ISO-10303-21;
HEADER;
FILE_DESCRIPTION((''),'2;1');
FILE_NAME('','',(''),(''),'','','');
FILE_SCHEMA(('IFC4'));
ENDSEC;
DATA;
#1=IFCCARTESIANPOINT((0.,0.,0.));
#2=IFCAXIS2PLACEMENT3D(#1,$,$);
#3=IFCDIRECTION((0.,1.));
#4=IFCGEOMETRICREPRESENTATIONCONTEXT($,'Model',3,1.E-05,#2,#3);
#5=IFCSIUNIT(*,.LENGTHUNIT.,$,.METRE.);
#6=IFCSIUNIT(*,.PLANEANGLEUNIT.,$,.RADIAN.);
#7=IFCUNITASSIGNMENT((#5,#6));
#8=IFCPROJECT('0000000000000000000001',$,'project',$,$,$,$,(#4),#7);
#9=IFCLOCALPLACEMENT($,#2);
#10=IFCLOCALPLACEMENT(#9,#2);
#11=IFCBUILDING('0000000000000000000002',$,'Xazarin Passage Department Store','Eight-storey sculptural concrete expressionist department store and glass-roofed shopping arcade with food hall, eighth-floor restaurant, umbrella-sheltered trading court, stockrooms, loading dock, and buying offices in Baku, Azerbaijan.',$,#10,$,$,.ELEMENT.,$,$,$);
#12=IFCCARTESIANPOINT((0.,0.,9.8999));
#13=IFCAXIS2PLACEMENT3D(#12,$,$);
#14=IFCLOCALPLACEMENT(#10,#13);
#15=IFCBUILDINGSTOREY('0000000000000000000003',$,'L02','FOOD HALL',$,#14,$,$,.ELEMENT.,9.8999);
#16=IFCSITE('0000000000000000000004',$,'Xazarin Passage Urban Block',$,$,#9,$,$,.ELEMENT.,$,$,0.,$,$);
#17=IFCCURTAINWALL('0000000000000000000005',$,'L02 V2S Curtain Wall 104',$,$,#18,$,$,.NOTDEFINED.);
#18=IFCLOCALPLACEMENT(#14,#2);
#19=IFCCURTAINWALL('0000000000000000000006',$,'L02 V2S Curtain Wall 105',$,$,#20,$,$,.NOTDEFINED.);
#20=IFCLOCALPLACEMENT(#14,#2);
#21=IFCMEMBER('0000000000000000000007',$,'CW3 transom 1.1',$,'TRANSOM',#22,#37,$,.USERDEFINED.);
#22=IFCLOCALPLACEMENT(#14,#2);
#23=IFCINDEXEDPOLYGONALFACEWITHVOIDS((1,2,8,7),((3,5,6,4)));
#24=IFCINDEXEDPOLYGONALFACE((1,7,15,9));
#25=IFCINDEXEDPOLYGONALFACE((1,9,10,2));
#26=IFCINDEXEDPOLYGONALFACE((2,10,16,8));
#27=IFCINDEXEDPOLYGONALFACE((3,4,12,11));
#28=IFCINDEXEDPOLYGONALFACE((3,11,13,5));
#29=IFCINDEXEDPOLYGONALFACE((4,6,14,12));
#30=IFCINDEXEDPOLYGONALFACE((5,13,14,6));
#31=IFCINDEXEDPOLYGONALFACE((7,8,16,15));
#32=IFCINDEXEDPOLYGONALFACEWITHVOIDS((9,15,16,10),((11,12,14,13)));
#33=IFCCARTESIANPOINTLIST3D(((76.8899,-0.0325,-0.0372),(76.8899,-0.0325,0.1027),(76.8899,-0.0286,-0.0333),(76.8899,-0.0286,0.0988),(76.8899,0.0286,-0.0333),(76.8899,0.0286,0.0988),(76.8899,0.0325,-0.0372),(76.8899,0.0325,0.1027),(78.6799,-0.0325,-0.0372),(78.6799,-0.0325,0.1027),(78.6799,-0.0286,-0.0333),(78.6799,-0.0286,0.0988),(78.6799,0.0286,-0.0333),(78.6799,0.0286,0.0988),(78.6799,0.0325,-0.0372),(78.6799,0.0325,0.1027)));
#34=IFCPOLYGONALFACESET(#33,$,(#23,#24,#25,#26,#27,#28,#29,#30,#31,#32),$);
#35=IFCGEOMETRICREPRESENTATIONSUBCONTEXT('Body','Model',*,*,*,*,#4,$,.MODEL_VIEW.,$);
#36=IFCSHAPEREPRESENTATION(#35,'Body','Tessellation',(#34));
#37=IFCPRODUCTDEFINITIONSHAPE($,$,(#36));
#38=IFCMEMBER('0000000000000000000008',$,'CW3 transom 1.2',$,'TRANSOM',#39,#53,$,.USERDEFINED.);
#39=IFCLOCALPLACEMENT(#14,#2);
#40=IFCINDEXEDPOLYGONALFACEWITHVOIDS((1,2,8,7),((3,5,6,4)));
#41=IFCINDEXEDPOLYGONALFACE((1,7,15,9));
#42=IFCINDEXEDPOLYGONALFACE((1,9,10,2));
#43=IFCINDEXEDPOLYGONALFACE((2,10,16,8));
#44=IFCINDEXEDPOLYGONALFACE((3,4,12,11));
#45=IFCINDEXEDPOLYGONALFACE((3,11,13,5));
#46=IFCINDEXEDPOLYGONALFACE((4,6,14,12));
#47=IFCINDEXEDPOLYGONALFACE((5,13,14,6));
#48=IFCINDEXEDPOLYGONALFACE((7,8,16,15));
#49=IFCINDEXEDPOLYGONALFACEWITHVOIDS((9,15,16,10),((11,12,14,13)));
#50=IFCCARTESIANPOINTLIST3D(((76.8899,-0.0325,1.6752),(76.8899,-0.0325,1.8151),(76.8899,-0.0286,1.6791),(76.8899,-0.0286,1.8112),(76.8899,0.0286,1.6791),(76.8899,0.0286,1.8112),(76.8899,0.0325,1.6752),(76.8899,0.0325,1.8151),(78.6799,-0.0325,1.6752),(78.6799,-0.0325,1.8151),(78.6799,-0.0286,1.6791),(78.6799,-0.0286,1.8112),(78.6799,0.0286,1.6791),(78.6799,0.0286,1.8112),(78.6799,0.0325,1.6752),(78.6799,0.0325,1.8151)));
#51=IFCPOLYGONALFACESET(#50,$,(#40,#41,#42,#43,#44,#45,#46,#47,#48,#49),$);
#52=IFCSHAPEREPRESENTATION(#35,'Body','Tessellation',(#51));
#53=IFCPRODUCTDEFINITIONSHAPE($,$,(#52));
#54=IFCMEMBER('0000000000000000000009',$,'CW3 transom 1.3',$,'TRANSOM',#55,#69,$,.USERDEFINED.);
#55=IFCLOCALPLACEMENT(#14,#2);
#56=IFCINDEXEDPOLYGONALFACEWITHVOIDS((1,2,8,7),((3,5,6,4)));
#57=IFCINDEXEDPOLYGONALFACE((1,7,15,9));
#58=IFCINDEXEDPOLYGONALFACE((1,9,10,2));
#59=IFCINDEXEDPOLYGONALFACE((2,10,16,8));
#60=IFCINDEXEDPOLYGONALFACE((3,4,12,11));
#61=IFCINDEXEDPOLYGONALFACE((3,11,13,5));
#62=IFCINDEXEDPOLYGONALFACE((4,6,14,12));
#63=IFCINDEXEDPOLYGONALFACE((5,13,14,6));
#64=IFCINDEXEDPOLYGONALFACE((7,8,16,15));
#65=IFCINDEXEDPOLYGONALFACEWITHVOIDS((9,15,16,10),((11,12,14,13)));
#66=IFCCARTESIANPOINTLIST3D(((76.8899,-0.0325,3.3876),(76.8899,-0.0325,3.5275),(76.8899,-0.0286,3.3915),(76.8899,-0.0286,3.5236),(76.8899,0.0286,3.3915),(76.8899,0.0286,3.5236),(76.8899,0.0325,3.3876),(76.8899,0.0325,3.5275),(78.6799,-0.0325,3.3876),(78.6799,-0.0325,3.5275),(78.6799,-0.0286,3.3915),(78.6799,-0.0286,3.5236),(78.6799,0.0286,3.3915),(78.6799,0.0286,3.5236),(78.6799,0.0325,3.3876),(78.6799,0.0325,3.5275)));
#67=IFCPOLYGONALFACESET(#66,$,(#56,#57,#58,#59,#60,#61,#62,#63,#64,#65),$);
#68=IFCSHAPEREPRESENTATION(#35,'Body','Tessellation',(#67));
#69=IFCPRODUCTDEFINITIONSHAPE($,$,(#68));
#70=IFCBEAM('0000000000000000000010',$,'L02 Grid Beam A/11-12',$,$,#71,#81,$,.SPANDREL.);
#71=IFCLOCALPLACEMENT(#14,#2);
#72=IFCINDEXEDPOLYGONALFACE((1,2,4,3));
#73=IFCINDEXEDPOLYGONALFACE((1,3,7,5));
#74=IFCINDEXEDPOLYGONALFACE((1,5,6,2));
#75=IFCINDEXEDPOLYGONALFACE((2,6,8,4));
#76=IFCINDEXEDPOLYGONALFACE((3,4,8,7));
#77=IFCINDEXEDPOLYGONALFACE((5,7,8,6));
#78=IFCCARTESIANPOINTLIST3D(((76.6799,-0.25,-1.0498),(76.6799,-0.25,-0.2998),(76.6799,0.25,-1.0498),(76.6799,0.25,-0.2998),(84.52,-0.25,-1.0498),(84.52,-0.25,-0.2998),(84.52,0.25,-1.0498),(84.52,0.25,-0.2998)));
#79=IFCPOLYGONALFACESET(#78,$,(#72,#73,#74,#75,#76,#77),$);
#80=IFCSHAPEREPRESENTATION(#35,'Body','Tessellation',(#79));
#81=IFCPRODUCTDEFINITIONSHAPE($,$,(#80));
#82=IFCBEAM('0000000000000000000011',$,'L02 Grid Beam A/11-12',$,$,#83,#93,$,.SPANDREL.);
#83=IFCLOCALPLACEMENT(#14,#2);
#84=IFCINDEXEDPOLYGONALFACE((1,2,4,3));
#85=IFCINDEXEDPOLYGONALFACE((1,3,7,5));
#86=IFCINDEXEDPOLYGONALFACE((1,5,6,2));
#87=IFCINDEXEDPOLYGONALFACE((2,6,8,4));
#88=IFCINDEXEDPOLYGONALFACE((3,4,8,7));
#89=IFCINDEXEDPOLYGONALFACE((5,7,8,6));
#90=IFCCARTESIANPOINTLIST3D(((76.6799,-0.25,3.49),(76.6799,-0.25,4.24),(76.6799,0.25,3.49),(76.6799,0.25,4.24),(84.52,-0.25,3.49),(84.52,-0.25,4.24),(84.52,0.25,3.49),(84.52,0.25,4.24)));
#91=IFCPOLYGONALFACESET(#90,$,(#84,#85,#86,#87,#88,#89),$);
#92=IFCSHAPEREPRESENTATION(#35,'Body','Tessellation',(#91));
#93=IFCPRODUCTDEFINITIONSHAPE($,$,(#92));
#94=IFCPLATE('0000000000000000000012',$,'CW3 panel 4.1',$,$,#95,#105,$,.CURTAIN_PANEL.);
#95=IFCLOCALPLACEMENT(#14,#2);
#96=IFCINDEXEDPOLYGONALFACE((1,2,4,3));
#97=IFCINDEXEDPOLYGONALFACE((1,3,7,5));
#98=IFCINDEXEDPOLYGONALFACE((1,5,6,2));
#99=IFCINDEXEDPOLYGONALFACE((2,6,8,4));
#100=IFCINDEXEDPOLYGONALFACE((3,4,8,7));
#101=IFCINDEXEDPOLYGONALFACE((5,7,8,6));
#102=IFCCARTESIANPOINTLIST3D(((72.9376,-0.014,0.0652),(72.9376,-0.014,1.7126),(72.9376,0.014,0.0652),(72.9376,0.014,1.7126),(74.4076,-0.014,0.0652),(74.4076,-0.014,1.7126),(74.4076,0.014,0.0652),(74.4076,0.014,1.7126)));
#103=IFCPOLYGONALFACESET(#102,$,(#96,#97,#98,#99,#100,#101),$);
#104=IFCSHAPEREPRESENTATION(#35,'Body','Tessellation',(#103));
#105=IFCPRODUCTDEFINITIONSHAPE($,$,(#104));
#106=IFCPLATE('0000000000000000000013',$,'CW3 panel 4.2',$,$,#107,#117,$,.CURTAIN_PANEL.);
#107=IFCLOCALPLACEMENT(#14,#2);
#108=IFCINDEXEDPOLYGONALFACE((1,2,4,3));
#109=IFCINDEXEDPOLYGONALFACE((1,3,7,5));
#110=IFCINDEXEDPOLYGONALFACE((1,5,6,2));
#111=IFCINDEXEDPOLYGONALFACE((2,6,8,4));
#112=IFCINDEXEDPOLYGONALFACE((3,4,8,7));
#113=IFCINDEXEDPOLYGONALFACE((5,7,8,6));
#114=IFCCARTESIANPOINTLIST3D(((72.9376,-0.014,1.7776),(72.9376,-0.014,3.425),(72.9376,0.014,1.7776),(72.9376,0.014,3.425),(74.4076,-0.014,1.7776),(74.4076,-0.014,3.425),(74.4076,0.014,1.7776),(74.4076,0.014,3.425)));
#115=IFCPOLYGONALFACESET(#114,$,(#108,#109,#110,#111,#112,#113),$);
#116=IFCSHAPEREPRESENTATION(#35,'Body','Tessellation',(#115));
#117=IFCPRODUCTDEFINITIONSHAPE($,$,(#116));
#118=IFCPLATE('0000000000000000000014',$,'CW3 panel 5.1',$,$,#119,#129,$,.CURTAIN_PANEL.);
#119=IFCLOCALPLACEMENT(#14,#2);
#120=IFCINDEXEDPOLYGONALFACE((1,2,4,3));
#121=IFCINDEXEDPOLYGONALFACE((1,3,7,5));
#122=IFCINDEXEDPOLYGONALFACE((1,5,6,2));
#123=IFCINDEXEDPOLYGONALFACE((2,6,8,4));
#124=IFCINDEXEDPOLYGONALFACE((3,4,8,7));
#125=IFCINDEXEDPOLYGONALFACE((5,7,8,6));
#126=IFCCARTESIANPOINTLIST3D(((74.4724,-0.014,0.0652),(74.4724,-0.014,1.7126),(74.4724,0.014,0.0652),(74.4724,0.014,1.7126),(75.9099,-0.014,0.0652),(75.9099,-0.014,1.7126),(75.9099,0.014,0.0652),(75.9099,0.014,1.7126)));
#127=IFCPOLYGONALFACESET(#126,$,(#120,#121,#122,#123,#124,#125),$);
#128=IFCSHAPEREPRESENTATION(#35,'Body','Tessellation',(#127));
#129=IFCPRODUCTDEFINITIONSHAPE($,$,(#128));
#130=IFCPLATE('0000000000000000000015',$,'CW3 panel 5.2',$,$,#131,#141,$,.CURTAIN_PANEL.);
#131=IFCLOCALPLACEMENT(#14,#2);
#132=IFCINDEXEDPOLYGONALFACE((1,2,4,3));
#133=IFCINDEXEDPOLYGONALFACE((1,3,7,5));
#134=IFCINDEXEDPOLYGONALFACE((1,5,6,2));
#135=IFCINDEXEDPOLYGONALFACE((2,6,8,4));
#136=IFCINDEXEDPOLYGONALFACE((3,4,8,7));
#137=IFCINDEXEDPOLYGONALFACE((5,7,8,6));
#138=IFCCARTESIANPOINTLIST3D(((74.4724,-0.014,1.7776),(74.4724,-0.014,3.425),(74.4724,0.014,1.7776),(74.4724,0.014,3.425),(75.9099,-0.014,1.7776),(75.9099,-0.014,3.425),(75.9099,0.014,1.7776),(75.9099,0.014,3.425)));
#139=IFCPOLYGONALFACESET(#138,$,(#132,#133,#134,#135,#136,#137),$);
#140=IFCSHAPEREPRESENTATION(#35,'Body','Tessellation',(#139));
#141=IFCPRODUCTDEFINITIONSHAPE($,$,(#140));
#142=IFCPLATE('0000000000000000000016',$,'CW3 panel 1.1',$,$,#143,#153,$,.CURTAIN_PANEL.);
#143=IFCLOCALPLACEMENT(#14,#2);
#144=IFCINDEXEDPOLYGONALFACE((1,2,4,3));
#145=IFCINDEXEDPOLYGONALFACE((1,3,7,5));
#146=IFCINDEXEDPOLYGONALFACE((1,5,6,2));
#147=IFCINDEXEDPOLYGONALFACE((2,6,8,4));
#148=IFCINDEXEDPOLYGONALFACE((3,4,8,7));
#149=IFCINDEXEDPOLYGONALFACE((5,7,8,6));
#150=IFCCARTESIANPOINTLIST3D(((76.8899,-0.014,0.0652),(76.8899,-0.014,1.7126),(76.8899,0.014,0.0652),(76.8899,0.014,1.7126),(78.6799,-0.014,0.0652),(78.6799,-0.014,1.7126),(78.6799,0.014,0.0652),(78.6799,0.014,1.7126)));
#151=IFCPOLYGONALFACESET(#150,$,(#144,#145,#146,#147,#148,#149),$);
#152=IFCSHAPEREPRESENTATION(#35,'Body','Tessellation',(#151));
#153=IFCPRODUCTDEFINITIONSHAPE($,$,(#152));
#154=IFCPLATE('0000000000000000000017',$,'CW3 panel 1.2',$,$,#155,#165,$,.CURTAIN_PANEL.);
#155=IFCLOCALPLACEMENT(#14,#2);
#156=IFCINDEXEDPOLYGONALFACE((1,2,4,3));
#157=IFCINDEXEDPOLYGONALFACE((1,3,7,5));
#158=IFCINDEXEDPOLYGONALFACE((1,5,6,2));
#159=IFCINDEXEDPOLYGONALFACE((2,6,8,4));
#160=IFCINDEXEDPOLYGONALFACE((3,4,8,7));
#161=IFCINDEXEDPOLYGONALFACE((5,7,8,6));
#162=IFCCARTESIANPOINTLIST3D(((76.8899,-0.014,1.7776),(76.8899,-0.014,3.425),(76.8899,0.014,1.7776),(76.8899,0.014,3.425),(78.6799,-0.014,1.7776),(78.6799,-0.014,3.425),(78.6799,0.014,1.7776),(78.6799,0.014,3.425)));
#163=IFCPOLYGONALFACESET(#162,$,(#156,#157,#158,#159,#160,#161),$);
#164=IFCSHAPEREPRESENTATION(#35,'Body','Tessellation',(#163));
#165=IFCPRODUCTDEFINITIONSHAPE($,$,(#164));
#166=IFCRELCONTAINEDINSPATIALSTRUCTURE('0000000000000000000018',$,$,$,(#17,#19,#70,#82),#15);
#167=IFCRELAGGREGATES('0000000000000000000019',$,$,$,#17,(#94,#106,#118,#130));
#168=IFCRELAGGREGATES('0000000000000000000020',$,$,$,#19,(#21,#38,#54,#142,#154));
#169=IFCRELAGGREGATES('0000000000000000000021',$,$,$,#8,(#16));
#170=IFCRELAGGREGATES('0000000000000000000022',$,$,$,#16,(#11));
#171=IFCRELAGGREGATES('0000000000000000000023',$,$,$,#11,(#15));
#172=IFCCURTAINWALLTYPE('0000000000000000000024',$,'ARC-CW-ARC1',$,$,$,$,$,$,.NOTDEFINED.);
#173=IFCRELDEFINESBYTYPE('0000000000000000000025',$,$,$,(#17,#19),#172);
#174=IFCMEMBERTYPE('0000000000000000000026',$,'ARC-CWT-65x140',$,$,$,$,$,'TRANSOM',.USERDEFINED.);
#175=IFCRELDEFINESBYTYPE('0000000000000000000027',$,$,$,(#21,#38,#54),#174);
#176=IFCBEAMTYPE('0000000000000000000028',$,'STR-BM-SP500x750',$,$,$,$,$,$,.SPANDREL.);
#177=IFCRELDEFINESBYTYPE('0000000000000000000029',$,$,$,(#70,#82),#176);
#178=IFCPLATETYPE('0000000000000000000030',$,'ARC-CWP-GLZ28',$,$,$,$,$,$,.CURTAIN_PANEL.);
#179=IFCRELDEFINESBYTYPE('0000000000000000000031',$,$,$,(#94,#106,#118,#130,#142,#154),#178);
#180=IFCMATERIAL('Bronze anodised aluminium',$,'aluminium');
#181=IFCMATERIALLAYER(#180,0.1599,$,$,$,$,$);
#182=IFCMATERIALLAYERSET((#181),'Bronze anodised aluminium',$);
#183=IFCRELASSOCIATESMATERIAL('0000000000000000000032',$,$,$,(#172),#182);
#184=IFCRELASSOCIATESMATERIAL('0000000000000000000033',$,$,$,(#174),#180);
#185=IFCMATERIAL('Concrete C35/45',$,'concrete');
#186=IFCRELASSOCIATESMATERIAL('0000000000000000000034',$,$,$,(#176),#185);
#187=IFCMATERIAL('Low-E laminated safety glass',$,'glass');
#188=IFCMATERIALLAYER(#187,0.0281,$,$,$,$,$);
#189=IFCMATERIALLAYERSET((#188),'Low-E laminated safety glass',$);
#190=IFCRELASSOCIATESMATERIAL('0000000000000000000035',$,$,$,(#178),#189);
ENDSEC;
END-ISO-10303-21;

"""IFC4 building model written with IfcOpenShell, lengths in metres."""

from ifc_helpers import new_model, si_unit, direction, frame, origin, origin_2d, place, context, subcontext, project, spatial, rectangle, hollow_rectangle, extrude, material, layer, layer_set, material_profile, profile_set, type_object, element, aggregate, save


model = new_model("IFC4")

# Units and contexts
model_context = context("Model", 3, precision=1e-05, world=origin(), true_north=direction((0.0, 1.0)))
body_context = subcontext(model_context, "Body", "Model", "MODEL_VIEW")
ifc_project = project(units=[si_unit("LENGTHUNIT", "METRE"), si_unit("PLANEANGLEUNIT", "RADIAN")], contexts=[model_context])

# Site, building, storey
site_placement = place(None, origin())
site = spatial("IfcSite", under=ifc_project, at=site_placement, Name="Xazarin Passage Urban Block", CompositionType="ELEMENT", RefElevation=0.0)
building_placement = place(site_placement, origin())
building = spatial("IfcBuilding", under=site, at=building_placement, Name="Xazarin Passage Department Store", Description="Eight-storey sculptural concrete expressionist department store and glass-roofed shopping arcade with food hall, eighth-floor restaurant, umbrella-sheltered trading court, stockrooms, loading dock, and buying offices in Baku, Azerbaijan.", CompositionType="ELEMENT")
storey_placement = place(building_placement, frame((0.0, 0.0, 9.8999)))
storey = spatial("IfcBuildingStorey", under=building, at=storey_placement, Name="L02", Description="FOOD HALL", CompositionType="ELEMENT", Elevation=9.8999)

# Curtain walls
ifc_material_1 = material(Name="Bronze anodised aluminium", Category="aluminium")
ifc_layer_1 = layer(ifc_material_1, 0.1599)
ifc_layer_set_1 = layer_set([ifc_layer_1], Name="Bronze anodised aluminium")
curtain_wall_type = type_object("IfcCurtainWallType", Name="ARC-CW-ARC1", PredefinedType="NOTDEFINED", material=ifc_layer_set_1)
curtain_wall_1_placement = place(storey_placement, origin())
curtain_wall_1 = element("IfcCurtainWall", 1, at=curtain_wall_1_placement, inside=storey, type_object=curtain_wall_type, Name="L02 V2S Curtain Wall 104", PredefinedType="NOTDEFINED")
curtain_wall_2_placement = place(storey_placement, origin())
curtain_wall_2 = element("IfcCurtainWall", 2, at=curtain_wall_2_placement, inside=storey, type_object=curtain_wall_type, Name="L02 V2S Curtain Wall 105", PredefinedType="NOTDEFINED")

# Members
ifc_material_profile_1 = material_profile(ifc_material_1, hollow_rectangle(XDim=0.0649, YDim=0.1399, WallThickness=0.0039, at=origin_2d()), Name="ALU 65x140")
ifc_profile_set_1 = profile_set([ifc_material_profile_1], Name="Bronze anodised aluminium")
member_type_1 = type_object("IfcMemberType", Name="ARC-CWT-65x140", ElementType="TRANSOM", PredefinedType="USERDEFINED", material=ifc_profile_set_1)
member_1_placement = place(storey_placement, frame((76.8899, 0.0, 0.0327), z_axis=(1.0, 0.0, 0.0), x_axis=(0.0, 1.0, 0.0)))
member_1 = element("IfcMember", 3, at=member_1_placement, type_object=member_type_1, Name="CW3 transom 1.1", ObjectType="TRANSOM", PredefinedType="USERDEFINED", context=body_context, shape_type="SweptSolid", body=[
    extrude(hollow_rectangle(XDim=0.0649, YDim=0.1399, WallThickness=0.0039, at=origin_2d()), origin(), (0.0, 0.0, 1.0), 1.79),
])
member_2_placement = place(storey_placement, frame((76.8899, 0.0, 1.7451), z_axis=(1.0, 0.0, 0.0), x_axis=(0.0, 1.0, 0.0)))
member_2 = element("IfcMember", 4, at=member_2_placement, type_object=member_type_1, Name="CW3 transom 1.2", ObjectType="TRANSOM", PredefinedType="USERDEFINED", context=body_context, shape_type="SweptSolid", body=[
    extrude(hollow_rectangle(XDim=0.0649, YDim=0.1399, WallThickness=0.0039, at=origin_2d()), origin(), (0.0, 0.0, 1.0), 1.79),
])
member_3_placement = place(storey_placement, frame((76.8899, 0.0, 3.4575), z_axis=(1.0, 0.0, 0.0), x_axis=(0.0, 1.0, 0.0)))
member_3 = element("IfcMember", 5, at=member_3_placement, type_object=member_type_1, Name="CW3 transom 1.3", ObjectType="TRANSOM", PredefinedType="USERDEFINED", context=body_context, shape_type="SweptSolid", body=[
    extrude(hollow_rectangle(XDim=0.0649, YDim=0.1399, WallThickness=0.0039, at=origin_2d()), origin(), (0.0, 0.0, 1.0), 1.79),
])

# Beams
ifc_material_2 = material(Name="Concrete C35/45", Category="concrete")
ifc_material_profile_2 = material_profile(ifc_material_2, rectangle(XDim=0.5, YDim=0.75, at=origin_2d()), Name="RC 500x750")
ifc_profile_set_2 = profile_set([ifc_material_profile_2], Name="Concrete C35/45")
beam_type = type_object("IfcBeamType", Name="STR-BM-SP500x750", PredefinedType="SPANDREL", material=ifc_profile_set_2)
for number, where, z_axis, x_axis, name in (
    (6, (76.6799, 0.0, -0.6748), (1.0, 0.0, 0.0), (0.0, 1.0, 0.0), "L02 Grid Beam A/11-12"),
    (7, (76.6799, 0.0, 3.865), (1.0, 0.0, 0.0), (0.0, 1.0, 0.0), "L02 Grid Beam A/11-12"),
):
    element("IfcBeam", number, at=place(storey_placement, frame(where, z_axis=z_axis, x_axis=x_axis)), inside=storey, type_object=beam_type, Name=name, PredefinedType="SPANDREL", context=body_context, shape_type="SweptSolid", body=[
        extrude(rectangle(XDim=0.5, YDim=0.75, at=origin_2d()), origin(), (0.0, 0.0, 1.0), 7.8401),
    ])

# Plates
ifc_material_3 = material(Name="Low-E laminated safety glass", Category="glass")
ifc_layer_2 = layer(ifc_material_3, 0.0281)
ifc_layer_set_2 = layer_set([ifc_layer_2], Name="Low-E laminated safety glass")
plate_type = type_object("IfcPlateType", Name="ARC-CWP-GLZ28", PredefinedType="CURTAIN_PANEL", material=ifc_layer_set_2)
plate_1_placement = place(storey_placement, frame((73.6726, 0.0, 0.0652), z_axis=(0.0, 0.0, 1.0), x_axis=(1.0, 0.0, 0.0)))
plate_1 = element("IfcPlate", 8, at=plate_1_placement, type_object=plate_type, Name="CW3 panel 4.1", PredefinedType="CURTAIN_PANEL", context=body_context, shape_type="SweptSolid", body=[
    extrude(rectangle(XDim=1.47, YDim=0.0281, at=origin_2d()), origin(), (0.0, 0.0, 1.0), 1.6475),
])
plate_2_placement = place(storey_placement, frame((73.6726, 0.0, 1.7776), z_axis=(0.0, 0.0, 1.0), x_axis=(1.0, 0.0, 0.0)))
plate_2 = element("IfcPlate", 9, at=plate_2_placement, type_object=plate_type, Name="CW3 panel 4.2", PredefinedType="CURTAIN_PANEL", context=body_context, shape_type="SweptSolid", body=[
    extrude(rectangle(XDim=1.47, YDim=0.0281, at=origin_2d()), origin(), (0.0, 0.0, 1.0), 1.6475),
])
plate_3_placement = place(storey_placement, frame((75.1912, 0.0, 0.0652), z_axis=(0.0, 0.0, 1.0), x_axis=(1.0, 0.0, 0.0)))
plate_3 = element("IfcPlate", 10, at=plate_3_placement, type_object=plate_type, Name="CW3 panel 5.1", PredefinedType="CURTAIN_PANEL", context=body_context, shape_type="SweptSolid", body=[
    extrude(rectangle(XDim=1.4375, YDim=0.0281, at=origin_2d()), origin(), (0.0, 0.0, 1.0), 1.6475),
])
plate_4_placement = place(storey_placement, frame((75.1912, 0.0, 1.7776), z_axis=(0.0, 0.0, 1.0), x_axis=(1.0, 0.0, 0.0)))
plate_4 = element("IfcPlate", 11, at=plate_4_placement, type_object=plate_type, Name="CW3 panel 5.2", PredefinedType="CURTAIN_PANEL", context=body_context, shape_type="SweptSolid", body=[
    extrude(rectangle(XDim=1.4375, YDim=0.0281, at=origin_2d()), origin(), (0.0, 0.0, 1.0), 1.6475),
])
aggregate(curtain_wall_1, [plate_1, plate_2, plate_3, plate_4])
plate_5_placement = place(storey_placement, frame((77.7849, 0.0, 0.0652), z_axis=(0.0, 0.0, 1.0), x_axis=(1.0, 0.0, 0.0)))
plate_5 = element("IfcPlate", 12, at=plate_5_placement, type_object=plate_type, Name="CW3 panel 1.1", PredefinedType="CURTAIN_PANEL", context=body_context, shape_type="SweptSolid", body=[
    extrude(rectangle(XDim=1.79, YDim=0.0281, at=origin_2d()), origin(), (0.0, 0.0, 1.0), 1.6475),
])
plate_6_placement = place(storey_placement, frame((77.7849, 0.0, 1.7776), z_axis=(0.0, 0.0, 1.0), x_axis=(1.0, 0.0, 0.0)))
plate_6 = element("IfcPlate", 13, at=plate_6_placement, type_object=plate_type, Name="CW3 panel 1.2", PredefinedType="CURTAIN_PANEL", context=body_context, shape_type="SweptSolid", body=[
    extrude(rectangle(XDim=1.79, YDim=0.0281, at=origin_2d()), origin(), (0.0, 0.0, 1.0), 1.6475),
])
aggregate(curtain_wall_2, [member_1, member_2, member_3, plate_5, plate_6])

save(model, "model.ifc")
